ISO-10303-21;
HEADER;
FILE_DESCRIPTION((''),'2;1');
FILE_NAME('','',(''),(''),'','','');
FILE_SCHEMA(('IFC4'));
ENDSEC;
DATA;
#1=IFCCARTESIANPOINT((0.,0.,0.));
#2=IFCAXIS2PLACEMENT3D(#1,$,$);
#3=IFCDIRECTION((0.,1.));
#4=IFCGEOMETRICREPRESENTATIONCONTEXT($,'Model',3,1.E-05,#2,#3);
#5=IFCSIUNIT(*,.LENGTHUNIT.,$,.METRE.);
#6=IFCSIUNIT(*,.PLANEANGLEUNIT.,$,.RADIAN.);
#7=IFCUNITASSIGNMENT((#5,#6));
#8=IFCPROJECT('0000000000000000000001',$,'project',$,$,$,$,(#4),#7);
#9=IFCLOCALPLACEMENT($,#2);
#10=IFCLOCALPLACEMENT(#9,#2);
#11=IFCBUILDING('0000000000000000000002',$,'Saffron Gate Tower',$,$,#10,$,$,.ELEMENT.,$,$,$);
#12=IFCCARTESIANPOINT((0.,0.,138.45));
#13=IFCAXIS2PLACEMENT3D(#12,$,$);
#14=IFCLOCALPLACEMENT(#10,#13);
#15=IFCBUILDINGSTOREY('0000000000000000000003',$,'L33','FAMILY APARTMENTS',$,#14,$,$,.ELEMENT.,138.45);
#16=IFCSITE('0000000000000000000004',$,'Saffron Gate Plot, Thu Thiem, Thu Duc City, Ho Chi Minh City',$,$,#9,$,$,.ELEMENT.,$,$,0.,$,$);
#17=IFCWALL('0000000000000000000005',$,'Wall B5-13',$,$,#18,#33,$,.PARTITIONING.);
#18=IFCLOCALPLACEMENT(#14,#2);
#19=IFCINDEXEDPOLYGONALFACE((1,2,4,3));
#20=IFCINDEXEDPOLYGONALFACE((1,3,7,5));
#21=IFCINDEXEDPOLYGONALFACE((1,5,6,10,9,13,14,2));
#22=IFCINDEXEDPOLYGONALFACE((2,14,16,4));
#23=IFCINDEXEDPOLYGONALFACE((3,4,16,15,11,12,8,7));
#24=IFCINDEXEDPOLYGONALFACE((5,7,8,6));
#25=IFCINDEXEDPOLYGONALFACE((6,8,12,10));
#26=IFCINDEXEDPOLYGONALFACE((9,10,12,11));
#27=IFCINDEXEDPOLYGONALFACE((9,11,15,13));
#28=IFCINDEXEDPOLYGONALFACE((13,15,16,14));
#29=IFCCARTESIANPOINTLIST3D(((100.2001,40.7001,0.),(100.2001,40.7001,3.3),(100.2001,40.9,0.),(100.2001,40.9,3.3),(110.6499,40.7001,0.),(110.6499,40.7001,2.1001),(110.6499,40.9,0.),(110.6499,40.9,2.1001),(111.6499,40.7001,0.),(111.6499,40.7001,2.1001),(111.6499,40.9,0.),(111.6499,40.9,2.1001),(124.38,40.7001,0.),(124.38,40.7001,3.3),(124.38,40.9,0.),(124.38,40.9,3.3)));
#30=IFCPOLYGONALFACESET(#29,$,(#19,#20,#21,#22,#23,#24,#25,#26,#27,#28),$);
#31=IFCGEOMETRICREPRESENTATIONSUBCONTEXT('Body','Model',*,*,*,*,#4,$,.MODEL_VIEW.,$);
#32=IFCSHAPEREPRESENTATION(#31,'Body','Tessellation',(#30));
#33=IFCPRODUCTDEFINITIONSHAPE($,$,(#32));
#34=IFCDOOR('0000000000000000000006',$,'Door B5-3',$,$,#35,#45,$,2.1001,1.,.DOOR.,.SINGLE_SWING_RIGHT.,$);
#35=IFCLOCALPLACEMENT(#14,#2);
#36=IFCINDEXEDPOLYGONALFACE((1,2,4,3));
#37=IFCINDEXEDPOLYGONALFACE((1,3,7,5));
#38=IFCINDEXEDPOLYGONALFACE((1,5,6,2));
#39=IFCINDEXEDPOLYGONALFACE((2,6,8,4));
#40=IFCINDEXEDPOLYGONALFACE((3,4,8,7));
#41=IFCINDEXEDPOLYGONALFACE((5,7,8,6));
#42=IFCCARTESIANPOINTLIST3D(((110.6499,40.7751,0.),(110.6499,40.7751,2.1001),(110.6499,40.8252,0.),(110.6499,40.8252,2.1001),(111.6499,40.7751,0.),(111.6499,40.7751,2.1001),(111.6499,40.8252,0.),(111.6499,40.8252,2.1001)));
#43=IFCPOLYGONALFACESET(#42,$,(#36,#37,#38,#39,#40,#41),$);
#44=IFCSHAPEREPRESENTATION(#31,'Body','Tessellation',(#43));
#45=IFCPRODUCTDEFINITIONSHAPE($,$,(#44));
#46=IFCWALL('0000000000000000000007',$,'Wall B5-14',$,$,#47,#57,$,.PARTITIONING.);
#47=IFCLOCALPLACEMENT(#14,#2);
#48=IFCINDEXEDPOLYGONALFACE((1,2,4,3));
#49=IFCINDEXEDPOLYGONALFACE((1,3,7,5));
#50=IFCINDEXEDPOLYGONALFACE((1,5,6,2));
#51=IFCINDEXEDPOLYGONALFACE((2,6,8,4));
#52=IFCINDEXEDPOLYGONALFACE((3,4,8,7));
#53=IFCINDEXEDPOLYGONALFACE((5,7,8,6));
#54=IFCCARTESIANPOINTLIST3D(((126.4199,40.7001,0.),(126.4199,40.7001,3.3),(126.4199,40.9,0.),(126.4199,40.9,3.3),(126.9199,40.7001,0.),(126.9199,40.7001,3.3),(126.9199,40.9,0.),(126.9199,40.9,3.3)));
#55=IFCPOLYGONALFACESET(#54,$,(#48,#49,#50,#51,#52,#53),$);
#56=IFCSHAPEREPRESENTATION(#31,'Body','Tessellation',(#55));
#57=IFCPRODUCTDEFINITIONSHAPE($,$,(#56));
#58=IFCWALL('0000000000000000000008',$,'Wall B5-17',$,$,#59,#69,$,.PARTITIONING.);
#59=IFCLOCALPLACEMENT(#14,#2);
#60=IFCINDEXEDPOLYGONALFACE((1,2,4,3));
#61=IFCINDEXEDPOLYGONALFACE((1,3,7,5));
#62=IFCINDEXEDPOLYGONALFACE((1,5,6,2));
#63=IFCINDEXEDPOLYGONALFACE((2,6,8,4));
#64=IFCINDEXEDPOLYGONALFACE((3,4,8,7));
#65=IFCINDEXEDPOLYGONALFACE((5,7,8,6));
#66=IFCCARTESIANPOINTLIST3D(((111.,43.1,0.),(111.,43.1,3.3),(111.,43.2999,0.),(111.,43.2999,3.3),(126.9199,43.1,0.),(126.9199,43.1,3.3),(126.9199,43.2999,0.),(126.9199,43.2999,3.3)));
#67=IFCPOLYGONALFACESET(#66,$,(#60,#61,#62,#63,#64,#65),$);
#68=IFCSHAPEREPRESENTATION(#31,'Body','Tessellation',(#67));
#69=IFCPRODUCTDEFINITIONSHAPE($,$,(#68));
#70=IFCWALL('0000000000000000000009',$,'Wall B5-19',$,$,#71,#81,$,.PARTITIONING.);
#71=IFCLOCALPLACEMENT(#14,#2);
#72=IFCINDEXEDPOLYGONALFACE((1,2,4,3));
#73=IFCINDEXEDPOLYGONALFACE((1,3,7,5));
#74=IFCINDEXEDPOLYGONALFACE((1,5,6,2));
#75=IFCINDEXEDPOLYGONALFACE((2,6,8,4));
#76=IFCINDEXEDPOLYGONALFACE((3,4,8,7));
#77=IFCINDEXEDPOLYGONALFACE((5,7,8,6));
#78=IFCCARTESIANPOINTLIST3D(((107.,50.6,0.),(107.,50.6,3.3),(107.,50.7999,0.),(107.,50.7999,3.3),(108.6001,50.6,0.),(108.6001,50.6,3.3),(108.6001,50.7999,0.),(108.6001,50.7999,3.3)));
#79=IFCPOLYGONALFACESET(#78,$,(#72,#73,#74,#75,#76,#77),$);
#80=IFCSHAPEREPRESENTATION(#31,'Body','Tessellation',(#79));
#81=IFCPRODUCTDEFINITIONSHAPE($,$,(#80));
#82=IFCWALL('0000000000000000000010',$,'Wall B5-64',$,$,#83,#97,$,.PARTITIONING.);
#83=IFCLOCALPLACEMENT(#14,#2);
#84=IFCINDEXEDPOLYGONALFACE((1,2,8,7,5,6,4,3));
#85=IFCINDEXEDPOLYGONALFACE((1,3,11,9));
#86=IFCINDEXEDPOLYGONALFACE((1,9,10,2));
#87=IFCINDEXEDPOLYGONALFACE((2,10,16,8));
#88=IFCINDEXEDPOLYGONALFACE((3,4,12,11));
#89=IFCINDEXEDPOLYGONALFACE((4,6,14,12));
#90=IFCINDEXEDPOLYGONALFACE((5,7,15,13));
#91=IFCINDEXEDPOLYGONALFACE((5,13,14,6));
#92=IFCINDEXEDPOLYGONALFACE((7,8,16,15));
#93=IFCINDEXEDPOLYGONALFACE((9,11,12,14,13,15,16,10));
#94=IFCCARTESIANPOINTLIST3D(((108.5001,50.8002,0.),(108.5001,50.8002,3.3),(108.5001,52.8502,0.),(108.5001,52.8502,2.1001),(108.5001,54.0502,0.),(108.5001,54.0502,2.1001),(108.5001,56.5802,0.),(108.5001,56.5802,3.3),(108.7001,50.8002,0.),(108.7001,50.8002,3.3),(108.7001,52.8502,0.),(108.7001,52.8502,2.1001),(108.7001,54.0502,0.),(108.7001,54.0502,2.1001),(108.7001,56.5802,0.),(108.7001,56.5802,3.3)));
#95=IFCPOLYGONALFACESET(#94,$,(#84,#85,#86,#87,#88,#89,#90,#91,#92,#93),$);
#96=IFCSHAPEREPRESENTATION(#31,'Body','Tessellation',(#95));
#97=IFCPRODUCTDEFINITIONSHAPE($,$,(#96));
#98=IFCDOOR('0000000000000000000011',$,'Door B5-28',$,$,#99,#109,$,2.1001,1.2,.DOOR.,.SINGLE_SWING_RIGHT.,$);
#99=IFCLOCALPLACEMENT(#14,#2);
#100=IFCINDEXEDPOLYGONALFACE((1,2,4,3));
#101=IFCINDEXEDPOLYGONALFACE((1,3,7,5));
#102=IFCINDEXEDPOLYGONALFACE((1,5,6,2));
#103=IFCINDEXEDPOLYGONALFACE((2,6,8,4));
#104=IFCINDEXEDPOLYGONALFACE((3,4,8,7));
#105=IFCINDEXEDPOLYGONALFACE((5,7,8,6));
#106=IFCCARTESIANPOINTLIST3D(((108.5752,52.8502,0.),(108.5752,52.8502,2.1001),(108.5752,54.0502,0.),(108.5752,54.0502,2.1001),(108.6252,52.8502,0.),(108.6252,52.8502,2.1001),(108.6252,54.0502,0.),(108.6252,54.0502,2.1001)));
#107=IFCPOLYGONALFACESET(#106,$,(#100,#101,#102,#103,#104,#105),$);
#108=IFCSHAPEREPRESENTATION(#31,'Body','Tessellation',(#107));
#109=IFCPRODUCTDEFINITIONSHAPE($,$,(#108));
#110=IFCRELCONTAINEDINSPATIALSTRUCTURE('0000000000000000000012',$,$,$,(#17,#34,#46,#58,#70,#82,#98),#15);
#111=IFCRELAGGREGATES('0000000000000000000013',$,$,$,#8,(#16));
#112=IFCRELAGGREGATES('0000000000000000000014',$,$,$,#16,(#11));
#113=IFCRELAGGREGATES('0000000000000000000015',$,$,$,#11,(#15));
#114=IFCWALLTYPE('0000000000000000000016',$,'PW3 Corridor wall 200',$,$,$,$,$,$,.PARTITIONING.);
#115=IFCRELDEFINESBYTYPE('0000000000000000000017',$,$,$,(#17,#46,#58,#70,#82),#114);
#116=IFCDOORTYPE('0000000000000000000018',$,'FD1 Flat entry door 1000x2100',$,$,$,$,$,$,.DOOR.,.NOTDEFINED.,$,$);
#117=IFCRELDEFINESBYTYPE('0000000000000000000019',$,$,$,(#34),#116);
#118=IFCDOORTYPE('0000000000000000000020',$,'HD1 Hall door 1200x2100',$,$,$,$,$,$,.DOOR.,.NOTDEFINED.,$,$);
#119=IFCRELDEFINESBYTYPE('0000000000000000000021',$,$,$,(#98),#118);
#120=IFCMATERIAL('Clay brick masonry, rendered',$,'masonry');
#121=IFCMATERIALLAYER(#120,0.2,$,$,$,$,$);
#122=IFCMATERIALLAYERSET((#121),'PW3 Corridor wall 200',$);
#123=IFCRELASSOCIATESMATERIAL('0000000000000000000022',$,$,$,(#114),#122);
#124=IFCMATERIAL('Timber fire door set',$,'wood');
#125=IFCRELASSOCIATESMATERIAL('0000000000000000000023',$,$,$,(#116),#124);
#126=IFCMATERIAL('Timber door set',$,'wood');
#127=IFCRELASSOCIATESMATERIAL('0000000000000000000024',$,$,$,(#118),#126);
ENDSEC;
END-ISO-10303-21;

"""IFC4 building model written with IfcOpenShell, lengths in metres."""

from ifc_helpers import new_model, si_unit, direction, frame, frame_2d, origin, place, context, subcontext, project, spatial, rectangle, extrude, material, layer, layer_set, type_object, element, fill, save


model = new_model("IFC4")

# Units and contexts
model_context = context("Model", 3, precision=1e-05, world=origin(), true_north=direction((0.0, 1.0)))
body_context = subcontext(model_context, "Body", "Model", "MODEL_VIEW")
ifc_project = project(units=[si_unit("LENGTHUNIT", "METRE"), si_unit("PLANEANGLEUNIT", "RADIAN")], contexts=[model_context])

# Site, building, storey
site_placement = place(None, origin())
site = spatial("IfcSite", under=ifc_project, at=site_placement, Name="Saffron Gate Plot, Thu Thiem, Thu Duc City, Ho Chi Minh City", CompositionType="ELEMENT", RefElevation=0.0)
building_placement = place(site_placement, origin())
building = spatial("IfcBuilding", under=site, at=building_placement, Name="Saffron Gate Tower", CompositionType="ELEMENT")
storey_placement = place(building_placement, frame((0.0, 0.0, 138.45)))
storey = spatial("IfcBuildingStorey", under=building, at=storey_placement, Name="L33", Description="FAMILY APARTMENTS", CompositionType="ELEMENT", Elevation=138.45)

# Shared definitions
ifc_material_1 = material(Name="Timber door set", Category="wood")

# Wall, opening, door
ifc_material_2 = material(Name="Clay brick masonry, rendered", Category="masonry")
ifc_layer_1 = layer(ifc_material_2, 0.2)
ifc_layer_set_1 = layer_set([ifc_layer_1], Name="PW3 Corridor wall 200")
wall_type_1 = type_object("IfcWallType", Name="PW3 Corridor wall 200", PredefinedType="PARTITIONING", material=ifc_layer_set_1)
wall_1_placement = place(storey_placement, frame((124.3799, 40.8, 0.0), z_axis=(0.0, 0.0, 1.0), x_axis=(-1.0, 0.0, 0.0)))
wall_1 = element("IfcWall", 1, at=wall_1_placement, inside=storey, type_object=wall_type_1, Name="Wall B5-13", PredefinedType="PARTITIONING", context=body_context, shape_type="SweptSolid", body=[
    extrude(rectangle(XDim=24.1799, YDim=0.2, at=frame_2d((12.0898, 0.0))), origin(), (0.0, 0.0, 1.0), 3.3),
])
opening_1_placement = place(wall_1_placement, frame((12.73, 0.0, 0.0)))
opening_1 = element("IfcOpeningElement", 2, at=opening_1_placement, cuts=wall_1, PredefinedType="OPENING", context=body_context, shape_type="SweptSolid", body=[
    extrude(rectangle(XDim=1.0, YDim=2.1001, at=frame_2d((0.5, 1.05))), frame((0.0, 0.1099, 0.0), z_axis=(0.0, -1.0, 0.0), x_axis=(1.0, 0.0, 0.0)), (0.0, 0.0, 1.0), 0.22),
])
ifc_material_3 = material(Name="Timber fire door set", Category="wood")
door_type_1 = type_object("IfcDoorType", Name="FD1 Flat entry door 1000x2100", OperationType="NOTDEFINED", PredefinedType="DOOR", material=ifc_material_3)
door_1_placement = place(opening_1_placement, origin())
door_1 = element("IfcDoor", 3, at=door_1_placement, inside=storey, type_object=door_type_1, Name="Door B5-3", OperationType="SINGLE_SWING_RIGHT", OverallHeight=2.1001, OverallWidth=1.0, PredefinedType="DOOR", context=body_context, shape_type="SweptSolid", body=[
    extrude(rectangle(XDim=1.0, YDim=2.1001, at=frame_2d((0.5, 1.05))), frame((0.0, 0.0249, 0.0), z_axis=(0.0, -1.0, 0.0), x_axis=(1.0, 0.0, 0.0)), (0.0, 0.0, 1.0), 0.05),
])
fill(opening_1, door_1)

# Walls
wall_2_placement = place(storey_placement, frame((126.4199, 40.8, 0.0), z_axis=(0.0, 0.0, 1.0), x_axis=(1.0, 0.0, 0.0)))
element("IfcWall", 4, at=wall_2_placement, inside=storey, type_object=wall_type_1, Name="Wall B5-14", PredefinedType="PARTITIONING", context=body_context, shape_type="SweptSolid", body=[
    extrude(rectangle(XDim=0.5, YDim=0.2, at=frame_2d((0.25, 0.0))), origin(), (0.0, 0.0, 1.0), 3.3),
])
wall_3_placement = place(storey_placement, frame((111.0, 43.2, 0.0), z_axis=(0.0, 0.0, 1.0), x_axis=(1.0, 0.0, 0.0)))
element("IfcWall", 5, at=wall_3_placement, inside=storey, type_object=wall_type_1, Name="Wall B5-17", PredefinedType="PARTITIONING", context=body_context, shape_type="SweptSolid", body=[
    extrude(rectangle(XDim=15.9199, YDim=0.2, at=frame_2d((7.96, 0.0))), origin(), (0.0, 0.0, 1.0), 3.3),
])
wall_4_placement = place(storey_placement, frame((107.0, 50.7, 0.0), z_axis=(0.0, 0.0, 1.0), x_axis=(1.0, 0.0, 0.0)))
element("IfcWall", 6, at=wall_4_placement, inside=storey, type_object=wall_type_1, Name="Wall B5-19", PredefinedType="PARTITIONING", context=body_context, shape_type="SweptSolid", body=[
    extrude(rectangle(XDim=1.6001, YDim=0.2, at=frame_2d((0.8, 0.0))), origin(), (0.0, 0.0, 1.0), 3.3),
])

# Wall, opening, door
wall_5_placement = place(storey_placement, frame((108.6001, 50.8, 0.0), z_axis=(0.0, 0.0, 1.0), x_axis=(0.0, 1.0, 0.0)))
wall_5 = element("IfcWall", 7, at=wall_5_placement, inside=storey, type_object=wall_type_1, Name="Wall B5-64", PredefinedType="PARTITIONING", context=body_context, shape_type="SweptSolid", body=[
    extrude(rectangle(XDim=5.78, YDim=0.2, at=frame_2d((2.8901, 0.0))), origin(), (0.0, 0.0, 1.0), 3.3),
])
opening_2_placement = place(wall_5_placement, frame((2.05, 0.0, 0.0)))
opening_2 = element("IfcOpeningElement", 8, at=opening_2_placement, cuts=wall_5, PredefinedType="OPENING", context=body_context, shape_type="SweptSolid", body=[
    extrude(rectangle(XDim=1.2, YDim=2.1001, at=frame_2d((0.6001, 1.05))), frame((0.0, 0.1099, 0.0), z_axis=(0.0, -1.0, 0.0), x_axis=(1.0, 0.0, 0.0)), (0.0, 0.0, 1.0), 0.22),
])
door_type_2 = type_object("IfcDoorType", Name="HD1 Hall door 1200x2100", OperationType="NOTDEFINED", PredefinedType="DOOR", material=ifc_material_1)
door_2_placement = place(opening_2_placement, origin())
door_2 = element("IfcDoor", 9, at=door_2_placement, inside=storey, type_object=door_type_2, Name="Door B5-28", OperationType="SINGLE_SWING_RIGHT", OverallHeight=2.1001, OverallWidth=1.2, PredefinedType="DOOR", context=body_context, shape_type="SweptSolid", body=[
    extrude(rectangle(XDim=1.2, YDim=2.1001, at=frame_2d((0.6001, 1.05))), frame((0.0, 0.0249, 0.0), z_axis=(0.0, -1.0, 0.0), x_axis=(1.0, 0.0, 0.0)), (0.0, 0.0, 1.0), 0.05),
])
fill(opening_2, door_2)

save(model, "model.ifc")
